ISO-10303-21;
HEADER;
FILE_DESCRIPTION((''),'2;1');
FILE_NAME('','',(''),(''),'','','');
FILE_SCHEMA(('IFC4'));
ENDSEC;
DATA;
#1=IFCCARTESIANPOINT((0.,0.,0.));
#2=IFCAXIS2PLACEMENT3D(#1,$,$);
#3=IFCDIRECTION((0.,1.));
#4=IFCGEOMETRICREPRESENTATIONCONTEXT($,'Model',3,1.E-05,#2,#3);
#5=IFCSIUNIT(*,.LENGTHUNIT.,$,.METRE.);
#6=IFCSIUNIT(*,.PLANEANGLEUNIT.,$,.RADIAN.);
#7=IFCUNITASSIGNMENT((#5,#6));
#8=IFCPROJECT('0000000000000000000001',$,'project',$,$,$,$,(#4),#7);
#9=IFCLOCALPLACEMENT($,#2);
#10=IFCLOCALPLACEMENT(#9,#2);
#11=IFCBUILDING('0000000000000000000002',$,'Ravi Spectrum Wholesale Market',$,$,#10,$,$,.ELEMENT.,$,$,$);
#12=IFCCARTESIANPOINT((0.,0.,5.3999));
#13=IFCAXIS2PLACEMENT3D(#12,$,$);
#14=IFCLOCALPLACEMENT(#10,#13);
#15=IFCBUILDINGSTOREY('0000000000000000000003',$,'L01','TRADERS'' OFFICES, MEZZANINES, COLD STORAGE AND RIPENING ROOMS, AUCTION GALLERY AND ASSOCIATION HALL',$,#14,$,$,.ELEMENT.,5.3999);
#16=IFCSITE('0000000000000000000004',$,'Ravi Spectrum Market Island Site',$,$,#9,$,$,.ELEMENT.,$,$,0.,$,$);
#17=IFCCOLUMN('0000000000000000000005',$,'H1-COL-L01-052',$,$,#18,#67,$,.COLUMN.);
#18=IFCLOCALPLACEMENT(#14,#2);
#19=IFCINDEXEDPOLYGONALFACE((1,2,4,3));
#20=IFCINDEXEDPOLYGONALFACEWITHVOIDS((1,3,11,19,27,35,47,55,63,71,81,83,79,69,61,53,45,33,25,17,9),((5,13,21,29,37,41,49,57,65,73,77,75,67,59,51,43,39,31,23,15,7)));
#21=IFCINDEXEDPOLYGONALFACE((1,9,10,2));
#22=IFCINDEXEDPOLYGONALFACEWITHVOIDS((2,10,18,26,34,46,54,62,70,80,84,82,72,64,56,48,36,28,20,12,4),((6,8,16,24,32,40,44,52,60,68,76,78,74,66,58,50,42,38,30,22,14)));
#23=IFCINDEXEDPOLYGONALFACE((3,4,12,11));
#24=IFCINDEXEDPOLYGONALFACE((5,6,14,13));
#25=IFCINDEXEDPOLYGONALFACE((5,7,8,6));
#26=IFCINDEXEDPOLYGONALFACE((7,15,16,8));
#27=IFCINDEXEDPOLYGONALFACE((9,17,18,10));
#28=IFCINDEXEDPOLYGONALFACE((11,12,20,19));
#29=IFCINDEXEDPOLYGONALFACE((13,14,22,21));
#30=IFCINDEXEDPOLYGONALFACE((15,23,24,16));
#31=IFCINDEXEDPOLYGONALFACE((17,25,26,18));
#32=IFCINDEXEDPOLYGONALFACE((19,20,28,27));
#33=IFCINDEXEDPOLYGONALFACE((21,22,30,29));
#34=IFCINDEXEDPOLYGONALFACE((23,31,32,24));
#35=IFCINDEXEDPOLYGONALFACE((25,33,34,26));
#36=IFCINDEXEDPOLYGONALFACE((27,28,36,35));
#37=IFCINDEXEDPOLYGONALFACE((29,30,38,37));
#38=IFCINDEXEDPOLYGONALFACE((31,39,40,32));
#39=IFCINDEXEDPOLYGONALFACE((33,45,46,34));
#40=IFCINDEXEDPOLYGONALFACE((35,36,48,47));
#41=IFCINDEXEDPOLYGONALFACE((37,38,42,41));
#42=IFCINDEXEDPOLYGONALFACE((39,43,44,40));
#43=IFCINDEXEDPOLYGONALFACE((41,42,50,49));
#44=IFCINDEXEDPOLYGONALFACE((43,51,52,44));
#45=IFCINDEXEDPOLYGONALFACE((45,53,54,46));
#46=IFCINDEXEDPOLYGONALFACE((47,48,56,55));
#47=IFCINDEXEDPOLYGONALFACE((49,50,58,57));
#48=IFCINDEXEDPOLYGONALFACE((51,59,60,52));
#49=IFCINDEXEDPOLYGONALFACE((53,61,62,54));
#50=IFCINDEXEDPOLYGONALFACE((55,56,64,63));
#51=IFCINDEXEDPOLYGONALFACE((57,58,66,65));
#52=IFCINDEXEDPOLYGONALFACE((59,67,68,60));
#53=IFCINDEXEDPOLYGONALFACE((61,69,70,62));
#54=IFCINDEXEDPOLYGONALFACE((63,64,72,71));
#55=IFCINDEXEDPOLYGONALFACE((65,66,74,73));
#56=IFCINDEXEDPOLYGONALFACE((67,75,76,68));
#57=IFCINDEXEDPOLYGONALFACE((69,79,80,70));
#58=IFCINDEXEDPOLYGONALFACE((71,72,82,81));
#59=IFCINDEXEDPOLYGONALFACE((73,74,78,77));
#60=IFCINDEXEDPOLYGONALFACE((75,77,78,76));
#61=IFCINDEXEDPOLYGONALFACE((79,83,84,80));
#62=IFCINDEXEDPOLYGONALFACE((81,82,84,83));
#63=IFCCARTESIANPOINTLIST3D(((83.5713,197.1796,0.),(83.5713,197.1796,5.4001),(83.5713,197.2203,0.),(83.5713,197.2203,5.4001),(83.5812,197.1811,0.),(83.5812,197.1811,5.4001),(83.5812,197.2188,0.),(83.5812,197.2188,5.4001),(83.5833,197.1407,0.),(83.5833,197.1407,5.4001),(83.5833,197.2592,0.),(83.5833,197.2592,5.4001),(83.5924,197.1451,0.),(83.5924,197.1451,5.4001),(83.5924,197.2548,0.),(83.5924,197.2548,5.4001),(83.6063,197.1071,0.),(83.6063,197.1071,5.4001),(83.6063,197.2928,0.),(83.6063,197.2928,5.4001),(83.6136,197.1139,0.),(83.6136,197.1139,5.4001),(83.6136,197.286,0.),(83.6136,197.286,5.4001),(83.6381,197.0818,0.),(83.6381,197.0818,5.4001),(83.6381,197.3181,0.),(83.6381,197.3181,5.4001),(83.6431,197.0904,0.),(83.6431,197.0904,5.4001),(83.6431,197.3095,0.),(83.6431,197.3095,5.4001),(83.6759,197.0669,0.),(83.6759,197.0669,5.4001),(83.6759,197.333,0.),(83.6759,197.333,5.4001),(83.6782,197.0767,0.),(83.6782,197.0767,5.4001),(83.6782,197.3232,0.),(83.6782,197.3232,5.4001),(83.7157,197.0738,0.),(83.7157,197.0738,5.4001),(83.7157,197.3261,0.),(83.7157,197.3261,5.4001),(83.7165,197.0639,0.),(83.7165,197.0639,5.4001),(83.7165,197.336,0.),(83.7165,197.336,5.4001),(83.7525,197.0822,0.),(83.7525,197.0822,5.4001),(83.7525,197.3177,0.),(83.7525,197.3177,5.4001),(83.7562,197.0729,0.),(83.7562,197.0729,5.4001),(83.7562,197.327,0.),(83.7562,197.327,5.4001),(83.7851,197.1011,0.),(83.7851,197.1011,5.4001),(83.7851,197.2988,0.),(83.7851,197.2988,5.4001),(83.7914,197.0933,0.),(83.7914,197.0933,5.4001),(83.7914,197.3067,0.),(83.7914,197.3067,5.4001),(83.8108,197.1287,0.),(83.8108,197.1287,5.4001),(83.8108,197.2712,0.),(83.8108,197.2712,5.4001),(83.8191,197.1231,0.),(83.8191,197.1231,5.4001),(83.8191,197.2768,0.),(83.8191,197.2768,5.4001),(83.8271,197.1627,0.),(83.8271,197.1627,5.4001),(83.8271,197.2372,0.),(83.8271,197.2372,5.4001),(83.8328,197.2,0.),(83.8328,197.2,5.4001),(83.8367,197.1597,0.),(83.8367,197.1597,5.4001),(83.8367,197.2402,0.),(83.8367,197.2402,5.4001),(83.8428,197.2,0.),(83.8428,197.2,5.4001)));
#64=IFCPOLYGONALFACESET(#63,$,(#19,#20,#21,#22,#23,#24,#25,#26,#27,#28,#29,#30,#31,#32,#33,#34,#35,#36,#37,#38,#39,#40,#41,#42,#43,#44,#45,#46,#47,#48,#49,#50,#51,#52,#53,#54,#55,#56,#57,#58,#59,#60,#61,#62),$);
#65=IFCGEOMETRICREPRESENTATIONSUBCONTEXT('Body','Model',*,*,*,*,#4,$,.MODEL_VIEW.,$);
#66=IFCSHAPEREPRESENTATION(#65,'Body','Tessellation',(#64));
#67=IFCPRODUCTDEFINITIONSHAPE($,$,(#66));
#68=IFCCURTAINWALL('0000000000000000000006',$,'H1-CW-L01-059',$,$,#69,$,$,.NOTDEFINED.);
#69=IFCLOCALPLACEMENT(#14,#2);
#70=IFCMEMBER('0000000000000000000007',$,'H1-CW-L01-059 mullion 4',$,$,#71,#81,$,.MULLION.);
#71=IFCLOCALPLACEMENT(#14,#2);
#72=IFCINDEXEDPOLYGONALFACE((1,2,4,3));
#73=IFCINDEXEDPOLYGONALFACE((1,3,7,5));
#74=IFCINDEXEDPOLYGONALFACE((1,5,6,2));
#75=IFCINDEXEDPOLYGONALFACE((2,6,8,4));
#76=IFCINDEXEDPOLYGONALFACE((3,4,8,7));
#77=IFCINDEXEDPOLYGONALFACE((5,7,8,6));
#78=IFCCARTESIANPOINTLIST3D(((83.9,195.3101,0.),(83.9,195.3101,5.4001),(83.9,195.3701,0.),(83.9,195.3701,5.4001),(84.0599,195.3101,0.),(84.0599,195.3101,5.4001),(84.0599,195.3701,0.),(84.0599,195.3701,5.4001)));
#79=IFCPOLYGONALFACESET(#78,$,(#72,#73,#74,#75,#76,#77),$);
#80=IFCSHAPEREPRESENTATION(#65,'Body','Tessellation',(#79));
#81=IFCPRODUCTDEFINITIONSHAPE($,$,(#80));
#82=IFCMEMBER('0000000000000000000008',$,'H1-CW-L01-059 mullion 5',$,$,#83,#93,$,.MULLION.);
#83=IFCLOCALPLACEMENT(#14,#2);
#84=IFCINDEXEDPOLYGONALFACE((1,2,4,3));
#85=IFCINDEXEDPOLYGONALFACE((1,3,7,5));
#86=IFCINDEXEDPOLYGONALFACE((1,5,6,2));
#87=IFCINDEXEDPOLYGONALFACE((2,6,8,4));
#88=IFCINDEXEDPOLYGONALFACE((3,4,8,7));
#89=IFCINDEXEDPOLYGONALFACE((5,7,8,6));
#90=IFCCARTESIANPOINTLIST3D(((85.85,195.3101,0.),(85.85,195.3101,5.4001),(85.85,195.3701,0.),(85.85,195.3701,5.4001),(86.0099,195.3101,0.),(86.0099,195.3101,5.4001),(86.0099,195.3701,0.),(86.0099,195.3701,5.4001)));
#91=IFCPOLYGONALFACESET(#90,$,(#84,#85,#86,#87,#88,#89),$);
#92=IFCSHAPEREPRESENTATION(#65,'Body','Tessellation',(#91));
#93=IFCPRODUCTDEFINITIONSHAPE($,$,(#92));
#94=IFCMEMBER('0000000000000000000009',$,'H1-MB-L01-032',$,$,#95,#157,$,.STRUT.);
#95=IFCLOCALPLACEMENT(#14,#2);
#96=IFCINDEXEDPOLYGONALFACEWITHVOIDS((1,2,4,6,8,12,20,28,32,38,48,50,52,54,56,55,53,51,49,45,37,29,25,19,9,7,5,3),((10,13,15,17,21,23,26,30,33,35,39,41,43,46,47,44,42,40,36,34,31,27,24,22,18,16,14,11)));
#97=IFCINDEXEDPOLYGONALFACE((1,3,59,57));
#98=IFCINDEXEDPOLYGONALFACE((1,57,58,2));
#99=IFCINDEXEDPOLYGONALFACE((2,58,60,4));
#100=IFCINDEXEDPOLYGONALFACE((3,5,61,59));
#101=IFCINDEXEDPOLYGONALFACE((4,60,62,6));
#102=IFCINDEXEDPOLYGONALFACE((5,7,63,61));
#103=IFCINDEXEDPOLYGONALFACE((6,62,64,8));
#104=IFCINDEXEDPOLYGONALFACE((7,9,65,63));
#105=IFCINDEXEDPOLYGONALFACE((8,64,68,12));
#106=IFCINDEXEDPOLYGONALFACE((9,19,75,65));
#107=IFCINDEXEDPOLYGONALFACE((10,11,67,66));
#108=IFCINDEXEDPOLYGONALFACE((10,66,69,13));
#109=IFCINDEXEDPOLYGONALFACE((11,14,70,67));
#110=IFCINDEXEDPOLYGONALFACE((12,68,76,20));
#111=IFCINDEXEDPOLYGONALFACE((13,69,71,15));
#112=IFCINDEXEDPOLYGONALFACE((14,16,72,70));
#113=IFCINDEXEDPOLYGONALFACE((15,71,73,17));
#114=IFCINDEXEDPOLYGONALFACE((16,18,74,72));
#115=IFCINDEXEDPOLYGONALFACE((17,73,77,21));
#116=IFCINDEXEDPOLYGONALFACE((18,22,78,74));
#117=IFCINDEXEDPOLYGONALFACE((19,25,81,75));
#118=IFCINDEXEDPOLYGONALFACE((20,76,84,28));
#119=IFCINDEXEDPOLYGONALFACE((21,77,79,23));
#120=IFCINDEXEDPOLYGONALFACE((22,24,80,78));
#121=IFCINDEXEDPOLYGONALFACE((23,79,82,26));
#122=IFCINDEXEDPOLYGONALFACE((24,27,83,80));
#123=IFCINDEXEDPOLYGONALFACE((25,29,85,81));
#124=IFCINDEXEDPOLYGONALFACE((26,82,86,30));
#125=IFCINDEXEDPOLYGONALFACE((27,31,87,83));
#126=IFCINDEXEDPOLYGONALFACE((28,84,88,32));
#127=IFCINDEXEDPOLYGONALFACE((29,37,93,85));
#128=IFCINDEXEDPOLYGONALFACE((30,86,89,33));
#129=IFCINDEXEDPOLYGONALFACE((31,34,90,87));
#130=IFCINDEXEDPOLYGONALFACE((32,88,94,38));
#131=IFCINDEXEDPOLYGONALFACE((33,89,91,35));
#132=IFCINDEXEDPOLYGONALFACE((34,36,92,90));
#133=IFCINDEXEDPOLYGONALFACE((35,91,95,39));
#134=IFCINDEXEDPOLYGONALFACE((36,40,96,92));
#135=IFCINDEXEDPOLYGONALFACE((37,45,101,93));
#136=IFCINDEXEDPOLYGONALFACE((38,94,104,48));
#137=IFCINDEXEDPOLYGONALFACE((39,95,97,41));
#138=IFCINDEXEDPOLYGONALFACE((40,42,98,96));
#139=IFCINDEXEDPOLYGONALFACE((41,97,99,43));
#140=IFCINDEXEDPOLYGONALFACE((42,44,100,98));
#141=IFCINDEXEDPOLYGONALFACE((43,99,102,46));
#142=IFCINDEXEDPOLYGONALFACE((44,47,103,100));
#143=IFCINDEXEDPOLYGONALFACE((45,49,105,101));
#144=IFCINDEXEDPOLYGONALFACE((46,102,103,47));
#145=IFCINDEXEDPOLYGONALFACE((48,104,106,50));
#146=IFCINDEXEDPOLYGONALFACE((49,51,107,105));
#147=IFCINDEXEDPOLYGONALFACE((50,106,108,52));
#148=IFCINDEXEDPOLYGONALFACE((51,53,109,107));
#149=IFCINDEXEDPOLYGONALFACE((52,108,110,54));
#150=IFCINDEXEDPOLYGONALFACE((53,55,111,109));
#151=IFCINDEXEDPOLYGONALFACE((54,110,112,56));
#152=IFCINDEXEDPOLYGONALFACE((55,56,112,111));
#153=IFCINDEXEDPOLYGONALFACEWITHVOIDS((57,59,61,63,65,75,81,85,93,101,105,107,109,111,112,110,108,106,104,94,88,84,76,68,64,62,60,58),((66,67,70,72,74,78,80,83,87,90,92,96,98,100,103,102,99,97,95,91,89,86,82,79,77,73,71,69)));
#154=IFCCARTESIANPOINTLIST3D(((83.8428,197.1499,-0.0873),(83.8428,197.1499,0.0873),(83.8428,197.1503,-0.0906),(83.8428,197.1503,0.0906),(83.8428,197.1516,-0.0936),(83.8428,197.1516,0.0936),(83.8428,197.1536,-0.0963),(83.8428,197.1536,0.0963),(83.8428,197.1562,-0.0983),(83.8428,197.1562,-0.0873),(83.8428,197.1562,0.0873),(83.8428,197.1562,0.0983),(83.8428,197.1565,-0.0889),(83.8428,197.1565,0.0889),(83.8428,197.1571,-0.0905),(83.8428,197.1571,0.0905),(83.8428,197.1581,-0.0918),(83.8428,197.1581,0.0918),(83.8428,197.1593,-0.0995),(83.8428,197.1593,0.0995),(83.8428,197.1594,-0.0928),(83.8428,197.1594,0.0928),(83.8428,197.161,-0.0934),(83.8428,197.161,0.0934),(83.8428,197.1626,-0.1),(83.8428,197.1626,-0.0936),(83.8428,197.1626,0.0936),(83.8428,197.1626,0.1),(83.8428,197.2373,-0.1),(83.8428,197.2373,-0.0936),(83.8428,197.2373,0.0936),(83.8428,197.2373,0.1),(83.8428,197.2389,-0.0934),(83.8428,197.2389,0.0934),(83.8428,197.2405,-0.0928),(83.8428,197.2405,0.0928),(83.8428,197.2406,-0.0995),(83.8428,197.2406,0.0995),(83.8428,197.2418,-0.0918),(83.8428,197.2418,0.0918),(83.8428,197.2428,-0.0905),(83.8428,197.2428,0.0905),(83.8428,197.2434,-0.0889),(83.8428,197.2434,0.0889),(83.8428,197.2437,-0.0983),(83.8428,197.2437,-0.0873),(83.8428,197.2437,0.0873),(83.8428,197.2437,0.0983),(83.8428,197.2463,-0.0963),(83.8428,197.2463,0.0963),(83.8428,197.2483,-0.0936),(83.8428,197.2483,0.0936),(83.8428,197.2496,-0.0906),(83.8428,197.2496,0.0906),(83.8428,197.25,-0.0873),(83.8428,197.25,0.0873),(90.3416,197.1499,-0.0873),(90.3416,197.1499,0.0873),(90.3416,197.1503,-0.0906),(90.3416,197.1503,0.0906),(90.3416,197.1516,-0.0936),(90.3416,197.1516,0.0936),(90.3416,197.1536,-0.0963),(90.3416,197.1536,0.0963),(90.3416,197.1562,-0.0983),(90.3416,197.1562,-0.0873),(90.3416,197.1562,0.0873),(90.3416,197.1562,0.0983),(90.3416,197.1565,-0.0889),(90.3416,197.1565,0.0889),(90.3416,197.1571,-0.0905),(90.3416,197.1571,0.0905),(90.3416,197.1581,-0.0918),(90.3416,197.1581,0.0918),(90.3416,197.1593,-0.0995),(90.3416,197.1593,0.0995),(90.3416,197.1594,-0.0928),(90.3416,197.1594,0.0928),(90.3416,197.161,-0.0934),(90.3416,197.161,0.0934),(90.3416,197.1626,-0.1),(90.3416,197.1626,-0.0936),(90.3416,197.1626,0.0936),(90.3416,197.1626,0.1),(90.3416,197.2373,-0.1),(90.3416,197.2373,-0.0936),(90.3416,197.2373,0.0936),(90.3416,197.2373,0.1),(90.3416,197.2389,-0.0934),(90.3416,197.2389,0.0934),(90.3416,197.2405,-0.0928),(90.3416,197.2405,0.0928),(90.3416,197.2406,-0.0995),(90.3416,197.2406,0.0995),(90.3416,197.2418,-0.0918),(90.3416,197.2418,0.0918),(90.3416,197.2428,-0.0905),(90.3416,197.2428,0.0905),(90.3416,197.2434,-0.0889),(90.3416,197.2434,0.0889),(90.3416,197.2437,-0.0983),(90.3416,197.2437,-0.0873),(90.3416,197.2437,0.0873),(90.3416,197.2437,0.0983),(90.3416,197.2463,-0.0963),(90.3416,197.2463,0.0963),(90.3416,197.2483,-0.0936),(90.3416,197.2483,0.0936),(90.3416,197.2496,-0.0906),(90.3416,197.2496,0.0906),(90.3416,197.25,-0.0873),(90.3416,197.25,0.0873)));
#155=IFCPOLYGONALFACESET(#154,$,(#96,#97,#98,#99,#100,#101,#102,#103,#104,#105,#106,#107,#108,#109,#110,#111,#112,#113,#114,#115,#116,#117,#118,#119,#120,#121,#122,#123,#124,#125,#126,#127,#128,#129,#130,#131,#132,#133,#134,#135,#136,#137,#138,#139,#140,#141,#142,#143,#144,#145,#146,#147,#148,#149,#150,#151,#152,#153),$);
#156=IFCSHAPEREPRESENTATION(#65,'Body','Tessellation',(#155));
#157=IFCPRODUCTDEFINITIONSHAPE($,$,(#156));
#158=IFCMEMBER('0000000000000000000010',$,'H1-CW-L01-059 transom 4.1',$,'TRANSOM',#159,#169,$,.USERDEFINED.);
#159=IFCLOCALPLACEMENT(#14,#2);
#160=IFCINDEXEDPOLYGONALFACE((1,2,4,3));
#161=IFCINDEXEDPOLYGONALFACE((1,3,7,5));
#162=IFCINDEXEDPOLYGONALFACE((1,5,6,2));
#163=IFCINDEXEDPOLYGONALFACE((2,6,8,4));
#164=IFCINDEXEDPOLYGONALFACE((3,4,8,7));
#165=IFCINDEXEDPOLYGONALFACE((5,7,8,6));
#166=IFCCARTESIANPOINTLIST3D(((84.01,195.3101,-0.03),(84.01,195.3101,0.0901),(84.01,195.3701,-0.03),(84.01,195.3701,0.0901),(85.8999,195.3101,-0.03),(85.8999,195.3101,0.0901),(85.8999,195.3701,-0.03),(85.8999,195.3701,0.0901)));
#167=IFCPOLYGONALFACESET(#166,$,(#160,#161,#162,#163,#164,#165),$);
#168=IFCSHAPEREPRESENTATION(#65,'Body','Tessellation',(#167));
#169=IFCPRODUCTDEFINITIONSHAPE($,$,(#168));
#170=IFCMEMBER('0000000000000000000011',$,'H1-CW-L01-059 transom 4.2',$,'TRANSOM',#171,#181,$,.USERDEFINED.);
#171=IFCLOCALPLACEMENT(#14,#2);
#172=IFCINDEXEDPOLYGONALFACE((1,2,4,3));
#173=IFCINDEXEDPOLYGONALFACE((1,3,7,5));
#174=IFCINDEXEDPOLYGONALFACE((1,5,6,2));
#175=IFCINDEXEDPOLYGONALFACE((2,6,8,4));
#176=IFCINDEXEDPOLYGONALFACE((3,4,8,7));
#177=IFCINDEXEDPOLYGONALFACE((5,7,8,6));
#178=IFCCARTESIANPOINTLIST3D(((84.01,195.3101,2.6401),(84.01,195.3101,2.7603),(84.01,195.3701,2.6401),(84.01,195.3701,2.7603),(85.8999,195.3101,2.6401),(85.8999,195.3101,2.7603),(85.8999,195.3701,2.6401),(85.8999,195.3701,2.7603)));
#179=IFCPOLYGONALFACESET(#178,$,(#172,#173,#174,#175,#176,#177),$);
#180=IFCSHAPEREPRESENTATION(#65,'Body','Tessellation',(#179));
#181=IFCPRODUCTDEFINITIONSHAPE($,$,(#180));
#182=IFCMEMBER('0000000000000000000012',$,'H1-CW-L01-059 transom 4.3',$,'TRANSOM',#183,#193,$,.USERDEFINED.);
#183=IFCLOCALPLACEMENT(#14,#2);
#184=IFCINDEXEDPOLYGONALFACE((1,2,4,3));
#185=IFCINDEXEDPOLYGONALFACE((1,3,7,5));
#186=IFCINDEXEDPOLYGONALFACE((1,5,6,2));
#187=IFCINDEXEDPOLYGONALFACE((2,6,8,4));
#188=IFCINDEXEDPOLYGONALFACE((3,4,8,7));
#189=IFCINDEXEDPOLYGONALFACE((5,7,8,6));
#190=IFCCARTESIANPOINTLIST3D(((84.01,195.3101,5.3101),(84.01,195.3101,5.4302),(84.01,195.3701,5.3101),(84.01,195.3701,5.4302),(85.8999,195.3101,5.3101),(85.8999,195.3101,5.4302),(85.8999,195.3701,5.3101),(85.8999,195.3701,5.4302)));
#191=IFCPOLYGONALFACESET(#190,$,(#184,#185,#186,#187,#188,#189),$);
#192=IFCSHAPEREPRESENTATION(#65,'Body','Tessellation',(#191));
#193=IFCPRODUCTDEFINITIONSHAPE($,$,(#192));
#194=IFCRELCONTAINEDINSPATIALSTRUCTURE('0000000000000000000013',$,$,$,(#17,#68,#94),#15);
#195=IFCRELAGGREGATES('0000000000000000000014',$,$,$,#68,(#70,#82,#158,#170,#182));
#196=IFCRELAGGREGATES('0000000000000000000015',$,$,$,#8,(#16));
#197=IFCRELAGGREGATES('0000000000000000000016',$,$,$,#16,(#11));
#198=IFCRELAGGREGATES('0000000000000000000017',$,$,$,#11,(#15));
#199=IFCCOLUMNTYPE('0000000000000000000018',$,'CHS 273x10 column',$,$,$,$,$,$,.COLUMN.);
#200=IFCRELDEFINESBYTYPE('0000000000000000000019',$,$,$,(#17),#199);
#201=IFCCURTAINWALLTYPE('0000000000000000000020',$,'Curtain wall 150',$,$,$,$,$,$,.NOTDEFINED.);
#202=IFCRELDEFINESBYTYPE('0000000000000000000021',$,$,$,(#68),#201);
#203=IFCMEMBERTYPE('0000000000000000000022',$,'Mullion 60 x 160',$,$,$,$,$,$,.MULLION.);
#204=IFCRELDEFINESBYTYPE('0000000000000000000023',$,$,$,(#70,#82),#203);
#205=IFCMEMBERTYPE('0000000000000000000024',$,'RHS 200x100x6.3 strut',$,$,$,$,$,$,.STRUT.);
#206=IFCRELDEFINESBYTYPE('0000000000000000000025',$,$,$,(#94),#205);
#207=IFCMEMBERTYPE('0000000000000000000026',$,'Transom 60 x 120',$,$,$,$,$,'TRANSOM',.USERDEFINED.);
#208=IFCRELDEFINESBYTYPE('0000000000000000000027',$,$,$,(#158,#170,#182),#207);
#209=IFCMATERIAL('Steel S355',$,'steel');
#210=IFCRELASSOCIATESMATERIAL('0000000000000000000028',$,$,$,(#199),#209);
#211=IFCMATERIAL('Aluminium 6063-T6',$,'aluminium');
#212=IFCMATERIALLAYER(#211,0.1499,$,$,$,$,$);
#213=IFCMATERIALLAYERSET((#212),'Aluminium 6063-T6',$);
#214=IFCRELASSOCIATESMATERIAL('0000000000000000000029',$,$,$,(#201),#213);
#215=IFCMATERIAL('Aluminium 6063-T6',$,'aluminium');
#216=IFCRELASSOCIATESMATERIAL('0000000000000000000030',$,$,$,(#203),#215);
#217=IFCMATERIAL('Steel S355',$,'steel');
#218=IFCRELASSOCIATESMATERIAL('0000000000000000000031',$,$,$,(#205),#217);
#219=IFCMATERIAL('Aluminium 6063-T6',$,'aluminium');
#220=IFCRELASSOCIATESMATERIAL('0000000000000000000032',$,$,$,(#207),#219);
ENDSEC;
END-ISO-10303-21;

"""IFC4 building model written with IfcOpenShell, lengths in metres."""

from ifc_helpers import new_model, si_unit, direction, frame, origin, origin_2d, place, context, subcontext, project, spatial, rectangle, hollow_rectangle, hollow_circle, extrude, material, layer, layer_set, material_profile, profile_set, type_object, element, aggregate, save


model = new_model("IFC4")

# Units and contexts
model_context = context("Model", 3, precision=1e-05, world=origin(), true_north=direction((0.0, 1.0)))
body_context = subcontext(model_context, "Body", "Model", "MODEL_VIEW")
ifc_project = project(units=[si_unit("LENGTHUNIT", "METRE"), si_unit("PLANEANGLEUNIT", "RADIAN")], contexts=[model_context])

# Site, building, storey
site_placement = place(None, origin())
site = spatial("IfcSite", under=ifc_project, at=site_placement, Name="Ravi Spectrum Market Island Site", CompositionType="ELEMENT", RefElevation=0.0)
building_placement = place(site_placement, origin())
building = spatial("IfcBuilding", under=site, at=building_placement, Name="Ravi Spectrum Wholesale Market", CompositionType="ELEMENT")
storey_placement = place(building_placement, frame((0.0, 0.0, 5.3999)))
storey = spatial("IfcBuildingStorey", under=building, at=storey_placement, Name="L01", Description="TRADERS' OFFICES, MEZZANINES, COLD STORAGE AND RIPENING ROOMS, AUCTION GALLERY AND ASSOCIATION HALL", CompositionType="ELEMENT", Elevation=5.3999)

# Column
ifc_material_1 = material(Name="Steel S355", Category="steel")
ifc_material_profile_1 = material_profile(ifc_material_1, hollow_circle(Radius=0.1365, WallThickness=0.01, at=origin_2d()))
ifc_profile_set_1 = profile_set([ifc_material_profile_1], Name="Steel S355")
column_type = type_object("IfcColumnType", Name="CHS 273x10 column", PredefinedType="COLUMN", material=ifc_profile_set_1)
column_placement = place(storey_placement, frame((83.7063, 197.2, 0.0), z_axis=(0.0, 0.0, 1.0), x_axis=(1.0, 0.0, 0.0)))
element("IfcColumn", 1, at=column_placement, inside=storey, type_object=column_type, Name="H1-COL-L01-052", PredefinedType="COLUMN", context=body_context, shape_type="SweptSolid", body=[
    extrude(hollow_circle(Radius=0.1365, WallThickness=0.01, at=origin_2d()), origin(), (0.0, 0.0, 1.0), 5.4001),
])

# Curtain wall, members
ifc_material_2 = material(Name="Aluminium 6063-T6", Category="aluminium")
ifc_layer_1 = layer(ifc_material_2, 0.1499)
ifc_layer_set_1 = layer_set([ifc_layer_1], Name="Aluminium 6063-T6")
curtain_wall_type = type_object("IfcCurtainWallType", Name="Curtain wall 150", PredefinedType="NOTDEFINED", material=ifc_layer_set_1)
curtain_wall_placement = place(storey_placement, origin())
curtain_wall = element("IfcCurtainWall", 2, at=curtain_wall_placement, inside=storey, type_object=curtain_wall_type, Name="H1-CW-L01-059", PredefinedType="NOTDEFINED")
ifc_material_3 = material(Name="Aluminium 6063-T6", Category="aluminium")
ifc_material_profile_2 = material_profile(ifc_material_3, rectangle(XDim=0.0601, YDim=0.1599, at=origin_2d()))
ifc_profile_set_2 = profile_set([ifc_material_profile_2], Name="Aluminium 6063-T6")
member_type_1 = type_object("IfcMemberType", Name="Mullion 60 x 160", PredefinedType="MULLION", material=ifc_profile_set_2)
member_1_placement = place(storey_placement, frame((83.98, 195.3401, 0.0), z_axis=(0.0, 0.0, 1.0), x_axis=(0.0, 1.0, 0.0)))
member_1 = element("IfcMember", 3, at=member_1_placement, type_object=member_type_1, Name="H1-CW-L01-059 mullion 4", PredefinedType="MULLION", context=body_context, shape_type="SweptSolid", body=[
    extrude(rectangle(XDim=0.0601, YDim=0.1599, at=origin_2d()), origin(), (0.0, 0.0, 1.0), 5.4001),
])
member_2_placement = place(storey_placement, frame((85.9299, 195.3401, 0.0), z_axis=(0.0, 0.0, 1.0), x_axis=(0.0, 1.0, 0.0)))
member_2 = element("IfcMember", 4, at=member_2_placement, type_object=member_type_1, Name="H1-CW-L01-059 mullion 5", PredefinedType="MULLION", context=body_context, shape_type="SweptSolid", body=[
    extrude(rectangle(XDim=0.0601, YDim=0.1599, at=origin_2d()), origin(), (0.0, 0.0, 1.0), 5.4001),
])

# Members
ifc_material_4 = material(Name="Steel S355", Category="steel")
ifc_material_profile_3 = material_profile(ifc_material_4, hollow_rectangle(XDim=0.1001, YDim=0.2, WallThickness=0.0063, InnerFilletRadius=0.0063, OuterFilletRadius=0.0127, at=origin_2d()))
ifc_profile_set_3 = profile_set([ifc_material_profile_3], Name="Steel S355")
member_type_2 = type_object("IfcMemberType", Name="RHS 200x100x6.3 strut", PredefinedType="STRUT", material=ifc_profile_set_3)
member_3_placement = place(storey_placement, frame((83.8428, 197.2, 0.0), z_axis=(1.0, 0.0, 0.0), x_axis=(0.0, 1.0, 0.0)))
element("IfcMember", 5, at=member_3_placement, inside=storey, type_object=member_type_2, Name="H1-MB-L01-032", PredefinedType="STRUT", context=body_context, shape_type="SweptSolid", body=[
    extrude(hollow_rectangle(XDim=0.1001, YDim=0.2, WallThickness=0.0063, InnerFilletRadius=0.0063, OuterFilletRadius=0.0127, at=origin_2d()), origin(), (0.0, 0.0, 1.0), 6.4988),
])
ifc_material_5 = material(Name="Aluminium 6063-T6", Category="aluminium")
ifc_material_profile_4 = material_profile(ifc_material_5, rectangle(XDim=0.0601, YDim=0.1201, at=origin_2d()))
ifc_profile_set_4 = profile_set([ifc_material_profile_4], Name="Aluminium 6063-T6")
member_type_3 = type_object("IfcMemberType", Name="Transom 60 x 120", ElementType="TRANSOM", PredefinedType="USERDEFINED", material=ifc_profile_set_4)
member_4_placement = place(storey_placement, frame((84.01, 195.3401, 0.03), z_axis=(1.0, 0.0, 0.0), x_axis=(0.0, 1.0, 0.0)))
member_4 = element("IfcMember", 6, at=member_4_placement, type_object=member_type_3, Name="H1-CW-L01-059 transom 4.1", ObjectType="TRANSOM", PredefinedType="USERDEFINED", context=body_context, shape_type="SweptSolid", body=[
    extrude(rectangle(XDim=0.0601, YDim=0.1201, at=origin_2d()), origin(), (0.0, 0.0, 1.0), 1.8899),
])
member_5_placement = place(storey_placement, frame((84.01, 195.3401, 2.7002), z_axis=(1.0, 0.0, 0.0), x_axis=(0.0, 1.0, 0.0)))
member_5 = element("IfcMember", 7, at=member_5_placement, type_object=member_type_3, Name="H1-CW-L01-059 transom 4.2", ObjectType="TRANSOM", PredefinedType="USERDEFINED", context=body_context, shape_type="SweptSolid", body=[
    extrude(rectangle(XDim=0.0601, YDim=0.1201, at=origin_2d()), origin(), (0.0, 0.0, 1.0), 1.8899),
])
member_6_placement = place(storey_placement, frame((84.01, 195.3401, 5.3701), z_axis=(1.0, 0.0, 0.0), x_axis=(0.0, 1.0, 0.0)))
member_6 = element("IfcMember", 8, at=member_6_placement, type_object=member_type_3, Name="H1-CW-L01-059 transom 4.3", ObjectType="TRANSOM", PredefinedType="USERDEFINED", context=body_context, shape_type="SweptSolid", body=[
    extrude(rectangle(XDim=0.0601, YDim=0.1201, at=origin_2d()), origin(), (0.0, 0.0, 1.0), 1.8899),
])

aggregate(curtain_wall, [member_1, member_2, member_4, member_5, member_6])

save(model, "model.ifc")
